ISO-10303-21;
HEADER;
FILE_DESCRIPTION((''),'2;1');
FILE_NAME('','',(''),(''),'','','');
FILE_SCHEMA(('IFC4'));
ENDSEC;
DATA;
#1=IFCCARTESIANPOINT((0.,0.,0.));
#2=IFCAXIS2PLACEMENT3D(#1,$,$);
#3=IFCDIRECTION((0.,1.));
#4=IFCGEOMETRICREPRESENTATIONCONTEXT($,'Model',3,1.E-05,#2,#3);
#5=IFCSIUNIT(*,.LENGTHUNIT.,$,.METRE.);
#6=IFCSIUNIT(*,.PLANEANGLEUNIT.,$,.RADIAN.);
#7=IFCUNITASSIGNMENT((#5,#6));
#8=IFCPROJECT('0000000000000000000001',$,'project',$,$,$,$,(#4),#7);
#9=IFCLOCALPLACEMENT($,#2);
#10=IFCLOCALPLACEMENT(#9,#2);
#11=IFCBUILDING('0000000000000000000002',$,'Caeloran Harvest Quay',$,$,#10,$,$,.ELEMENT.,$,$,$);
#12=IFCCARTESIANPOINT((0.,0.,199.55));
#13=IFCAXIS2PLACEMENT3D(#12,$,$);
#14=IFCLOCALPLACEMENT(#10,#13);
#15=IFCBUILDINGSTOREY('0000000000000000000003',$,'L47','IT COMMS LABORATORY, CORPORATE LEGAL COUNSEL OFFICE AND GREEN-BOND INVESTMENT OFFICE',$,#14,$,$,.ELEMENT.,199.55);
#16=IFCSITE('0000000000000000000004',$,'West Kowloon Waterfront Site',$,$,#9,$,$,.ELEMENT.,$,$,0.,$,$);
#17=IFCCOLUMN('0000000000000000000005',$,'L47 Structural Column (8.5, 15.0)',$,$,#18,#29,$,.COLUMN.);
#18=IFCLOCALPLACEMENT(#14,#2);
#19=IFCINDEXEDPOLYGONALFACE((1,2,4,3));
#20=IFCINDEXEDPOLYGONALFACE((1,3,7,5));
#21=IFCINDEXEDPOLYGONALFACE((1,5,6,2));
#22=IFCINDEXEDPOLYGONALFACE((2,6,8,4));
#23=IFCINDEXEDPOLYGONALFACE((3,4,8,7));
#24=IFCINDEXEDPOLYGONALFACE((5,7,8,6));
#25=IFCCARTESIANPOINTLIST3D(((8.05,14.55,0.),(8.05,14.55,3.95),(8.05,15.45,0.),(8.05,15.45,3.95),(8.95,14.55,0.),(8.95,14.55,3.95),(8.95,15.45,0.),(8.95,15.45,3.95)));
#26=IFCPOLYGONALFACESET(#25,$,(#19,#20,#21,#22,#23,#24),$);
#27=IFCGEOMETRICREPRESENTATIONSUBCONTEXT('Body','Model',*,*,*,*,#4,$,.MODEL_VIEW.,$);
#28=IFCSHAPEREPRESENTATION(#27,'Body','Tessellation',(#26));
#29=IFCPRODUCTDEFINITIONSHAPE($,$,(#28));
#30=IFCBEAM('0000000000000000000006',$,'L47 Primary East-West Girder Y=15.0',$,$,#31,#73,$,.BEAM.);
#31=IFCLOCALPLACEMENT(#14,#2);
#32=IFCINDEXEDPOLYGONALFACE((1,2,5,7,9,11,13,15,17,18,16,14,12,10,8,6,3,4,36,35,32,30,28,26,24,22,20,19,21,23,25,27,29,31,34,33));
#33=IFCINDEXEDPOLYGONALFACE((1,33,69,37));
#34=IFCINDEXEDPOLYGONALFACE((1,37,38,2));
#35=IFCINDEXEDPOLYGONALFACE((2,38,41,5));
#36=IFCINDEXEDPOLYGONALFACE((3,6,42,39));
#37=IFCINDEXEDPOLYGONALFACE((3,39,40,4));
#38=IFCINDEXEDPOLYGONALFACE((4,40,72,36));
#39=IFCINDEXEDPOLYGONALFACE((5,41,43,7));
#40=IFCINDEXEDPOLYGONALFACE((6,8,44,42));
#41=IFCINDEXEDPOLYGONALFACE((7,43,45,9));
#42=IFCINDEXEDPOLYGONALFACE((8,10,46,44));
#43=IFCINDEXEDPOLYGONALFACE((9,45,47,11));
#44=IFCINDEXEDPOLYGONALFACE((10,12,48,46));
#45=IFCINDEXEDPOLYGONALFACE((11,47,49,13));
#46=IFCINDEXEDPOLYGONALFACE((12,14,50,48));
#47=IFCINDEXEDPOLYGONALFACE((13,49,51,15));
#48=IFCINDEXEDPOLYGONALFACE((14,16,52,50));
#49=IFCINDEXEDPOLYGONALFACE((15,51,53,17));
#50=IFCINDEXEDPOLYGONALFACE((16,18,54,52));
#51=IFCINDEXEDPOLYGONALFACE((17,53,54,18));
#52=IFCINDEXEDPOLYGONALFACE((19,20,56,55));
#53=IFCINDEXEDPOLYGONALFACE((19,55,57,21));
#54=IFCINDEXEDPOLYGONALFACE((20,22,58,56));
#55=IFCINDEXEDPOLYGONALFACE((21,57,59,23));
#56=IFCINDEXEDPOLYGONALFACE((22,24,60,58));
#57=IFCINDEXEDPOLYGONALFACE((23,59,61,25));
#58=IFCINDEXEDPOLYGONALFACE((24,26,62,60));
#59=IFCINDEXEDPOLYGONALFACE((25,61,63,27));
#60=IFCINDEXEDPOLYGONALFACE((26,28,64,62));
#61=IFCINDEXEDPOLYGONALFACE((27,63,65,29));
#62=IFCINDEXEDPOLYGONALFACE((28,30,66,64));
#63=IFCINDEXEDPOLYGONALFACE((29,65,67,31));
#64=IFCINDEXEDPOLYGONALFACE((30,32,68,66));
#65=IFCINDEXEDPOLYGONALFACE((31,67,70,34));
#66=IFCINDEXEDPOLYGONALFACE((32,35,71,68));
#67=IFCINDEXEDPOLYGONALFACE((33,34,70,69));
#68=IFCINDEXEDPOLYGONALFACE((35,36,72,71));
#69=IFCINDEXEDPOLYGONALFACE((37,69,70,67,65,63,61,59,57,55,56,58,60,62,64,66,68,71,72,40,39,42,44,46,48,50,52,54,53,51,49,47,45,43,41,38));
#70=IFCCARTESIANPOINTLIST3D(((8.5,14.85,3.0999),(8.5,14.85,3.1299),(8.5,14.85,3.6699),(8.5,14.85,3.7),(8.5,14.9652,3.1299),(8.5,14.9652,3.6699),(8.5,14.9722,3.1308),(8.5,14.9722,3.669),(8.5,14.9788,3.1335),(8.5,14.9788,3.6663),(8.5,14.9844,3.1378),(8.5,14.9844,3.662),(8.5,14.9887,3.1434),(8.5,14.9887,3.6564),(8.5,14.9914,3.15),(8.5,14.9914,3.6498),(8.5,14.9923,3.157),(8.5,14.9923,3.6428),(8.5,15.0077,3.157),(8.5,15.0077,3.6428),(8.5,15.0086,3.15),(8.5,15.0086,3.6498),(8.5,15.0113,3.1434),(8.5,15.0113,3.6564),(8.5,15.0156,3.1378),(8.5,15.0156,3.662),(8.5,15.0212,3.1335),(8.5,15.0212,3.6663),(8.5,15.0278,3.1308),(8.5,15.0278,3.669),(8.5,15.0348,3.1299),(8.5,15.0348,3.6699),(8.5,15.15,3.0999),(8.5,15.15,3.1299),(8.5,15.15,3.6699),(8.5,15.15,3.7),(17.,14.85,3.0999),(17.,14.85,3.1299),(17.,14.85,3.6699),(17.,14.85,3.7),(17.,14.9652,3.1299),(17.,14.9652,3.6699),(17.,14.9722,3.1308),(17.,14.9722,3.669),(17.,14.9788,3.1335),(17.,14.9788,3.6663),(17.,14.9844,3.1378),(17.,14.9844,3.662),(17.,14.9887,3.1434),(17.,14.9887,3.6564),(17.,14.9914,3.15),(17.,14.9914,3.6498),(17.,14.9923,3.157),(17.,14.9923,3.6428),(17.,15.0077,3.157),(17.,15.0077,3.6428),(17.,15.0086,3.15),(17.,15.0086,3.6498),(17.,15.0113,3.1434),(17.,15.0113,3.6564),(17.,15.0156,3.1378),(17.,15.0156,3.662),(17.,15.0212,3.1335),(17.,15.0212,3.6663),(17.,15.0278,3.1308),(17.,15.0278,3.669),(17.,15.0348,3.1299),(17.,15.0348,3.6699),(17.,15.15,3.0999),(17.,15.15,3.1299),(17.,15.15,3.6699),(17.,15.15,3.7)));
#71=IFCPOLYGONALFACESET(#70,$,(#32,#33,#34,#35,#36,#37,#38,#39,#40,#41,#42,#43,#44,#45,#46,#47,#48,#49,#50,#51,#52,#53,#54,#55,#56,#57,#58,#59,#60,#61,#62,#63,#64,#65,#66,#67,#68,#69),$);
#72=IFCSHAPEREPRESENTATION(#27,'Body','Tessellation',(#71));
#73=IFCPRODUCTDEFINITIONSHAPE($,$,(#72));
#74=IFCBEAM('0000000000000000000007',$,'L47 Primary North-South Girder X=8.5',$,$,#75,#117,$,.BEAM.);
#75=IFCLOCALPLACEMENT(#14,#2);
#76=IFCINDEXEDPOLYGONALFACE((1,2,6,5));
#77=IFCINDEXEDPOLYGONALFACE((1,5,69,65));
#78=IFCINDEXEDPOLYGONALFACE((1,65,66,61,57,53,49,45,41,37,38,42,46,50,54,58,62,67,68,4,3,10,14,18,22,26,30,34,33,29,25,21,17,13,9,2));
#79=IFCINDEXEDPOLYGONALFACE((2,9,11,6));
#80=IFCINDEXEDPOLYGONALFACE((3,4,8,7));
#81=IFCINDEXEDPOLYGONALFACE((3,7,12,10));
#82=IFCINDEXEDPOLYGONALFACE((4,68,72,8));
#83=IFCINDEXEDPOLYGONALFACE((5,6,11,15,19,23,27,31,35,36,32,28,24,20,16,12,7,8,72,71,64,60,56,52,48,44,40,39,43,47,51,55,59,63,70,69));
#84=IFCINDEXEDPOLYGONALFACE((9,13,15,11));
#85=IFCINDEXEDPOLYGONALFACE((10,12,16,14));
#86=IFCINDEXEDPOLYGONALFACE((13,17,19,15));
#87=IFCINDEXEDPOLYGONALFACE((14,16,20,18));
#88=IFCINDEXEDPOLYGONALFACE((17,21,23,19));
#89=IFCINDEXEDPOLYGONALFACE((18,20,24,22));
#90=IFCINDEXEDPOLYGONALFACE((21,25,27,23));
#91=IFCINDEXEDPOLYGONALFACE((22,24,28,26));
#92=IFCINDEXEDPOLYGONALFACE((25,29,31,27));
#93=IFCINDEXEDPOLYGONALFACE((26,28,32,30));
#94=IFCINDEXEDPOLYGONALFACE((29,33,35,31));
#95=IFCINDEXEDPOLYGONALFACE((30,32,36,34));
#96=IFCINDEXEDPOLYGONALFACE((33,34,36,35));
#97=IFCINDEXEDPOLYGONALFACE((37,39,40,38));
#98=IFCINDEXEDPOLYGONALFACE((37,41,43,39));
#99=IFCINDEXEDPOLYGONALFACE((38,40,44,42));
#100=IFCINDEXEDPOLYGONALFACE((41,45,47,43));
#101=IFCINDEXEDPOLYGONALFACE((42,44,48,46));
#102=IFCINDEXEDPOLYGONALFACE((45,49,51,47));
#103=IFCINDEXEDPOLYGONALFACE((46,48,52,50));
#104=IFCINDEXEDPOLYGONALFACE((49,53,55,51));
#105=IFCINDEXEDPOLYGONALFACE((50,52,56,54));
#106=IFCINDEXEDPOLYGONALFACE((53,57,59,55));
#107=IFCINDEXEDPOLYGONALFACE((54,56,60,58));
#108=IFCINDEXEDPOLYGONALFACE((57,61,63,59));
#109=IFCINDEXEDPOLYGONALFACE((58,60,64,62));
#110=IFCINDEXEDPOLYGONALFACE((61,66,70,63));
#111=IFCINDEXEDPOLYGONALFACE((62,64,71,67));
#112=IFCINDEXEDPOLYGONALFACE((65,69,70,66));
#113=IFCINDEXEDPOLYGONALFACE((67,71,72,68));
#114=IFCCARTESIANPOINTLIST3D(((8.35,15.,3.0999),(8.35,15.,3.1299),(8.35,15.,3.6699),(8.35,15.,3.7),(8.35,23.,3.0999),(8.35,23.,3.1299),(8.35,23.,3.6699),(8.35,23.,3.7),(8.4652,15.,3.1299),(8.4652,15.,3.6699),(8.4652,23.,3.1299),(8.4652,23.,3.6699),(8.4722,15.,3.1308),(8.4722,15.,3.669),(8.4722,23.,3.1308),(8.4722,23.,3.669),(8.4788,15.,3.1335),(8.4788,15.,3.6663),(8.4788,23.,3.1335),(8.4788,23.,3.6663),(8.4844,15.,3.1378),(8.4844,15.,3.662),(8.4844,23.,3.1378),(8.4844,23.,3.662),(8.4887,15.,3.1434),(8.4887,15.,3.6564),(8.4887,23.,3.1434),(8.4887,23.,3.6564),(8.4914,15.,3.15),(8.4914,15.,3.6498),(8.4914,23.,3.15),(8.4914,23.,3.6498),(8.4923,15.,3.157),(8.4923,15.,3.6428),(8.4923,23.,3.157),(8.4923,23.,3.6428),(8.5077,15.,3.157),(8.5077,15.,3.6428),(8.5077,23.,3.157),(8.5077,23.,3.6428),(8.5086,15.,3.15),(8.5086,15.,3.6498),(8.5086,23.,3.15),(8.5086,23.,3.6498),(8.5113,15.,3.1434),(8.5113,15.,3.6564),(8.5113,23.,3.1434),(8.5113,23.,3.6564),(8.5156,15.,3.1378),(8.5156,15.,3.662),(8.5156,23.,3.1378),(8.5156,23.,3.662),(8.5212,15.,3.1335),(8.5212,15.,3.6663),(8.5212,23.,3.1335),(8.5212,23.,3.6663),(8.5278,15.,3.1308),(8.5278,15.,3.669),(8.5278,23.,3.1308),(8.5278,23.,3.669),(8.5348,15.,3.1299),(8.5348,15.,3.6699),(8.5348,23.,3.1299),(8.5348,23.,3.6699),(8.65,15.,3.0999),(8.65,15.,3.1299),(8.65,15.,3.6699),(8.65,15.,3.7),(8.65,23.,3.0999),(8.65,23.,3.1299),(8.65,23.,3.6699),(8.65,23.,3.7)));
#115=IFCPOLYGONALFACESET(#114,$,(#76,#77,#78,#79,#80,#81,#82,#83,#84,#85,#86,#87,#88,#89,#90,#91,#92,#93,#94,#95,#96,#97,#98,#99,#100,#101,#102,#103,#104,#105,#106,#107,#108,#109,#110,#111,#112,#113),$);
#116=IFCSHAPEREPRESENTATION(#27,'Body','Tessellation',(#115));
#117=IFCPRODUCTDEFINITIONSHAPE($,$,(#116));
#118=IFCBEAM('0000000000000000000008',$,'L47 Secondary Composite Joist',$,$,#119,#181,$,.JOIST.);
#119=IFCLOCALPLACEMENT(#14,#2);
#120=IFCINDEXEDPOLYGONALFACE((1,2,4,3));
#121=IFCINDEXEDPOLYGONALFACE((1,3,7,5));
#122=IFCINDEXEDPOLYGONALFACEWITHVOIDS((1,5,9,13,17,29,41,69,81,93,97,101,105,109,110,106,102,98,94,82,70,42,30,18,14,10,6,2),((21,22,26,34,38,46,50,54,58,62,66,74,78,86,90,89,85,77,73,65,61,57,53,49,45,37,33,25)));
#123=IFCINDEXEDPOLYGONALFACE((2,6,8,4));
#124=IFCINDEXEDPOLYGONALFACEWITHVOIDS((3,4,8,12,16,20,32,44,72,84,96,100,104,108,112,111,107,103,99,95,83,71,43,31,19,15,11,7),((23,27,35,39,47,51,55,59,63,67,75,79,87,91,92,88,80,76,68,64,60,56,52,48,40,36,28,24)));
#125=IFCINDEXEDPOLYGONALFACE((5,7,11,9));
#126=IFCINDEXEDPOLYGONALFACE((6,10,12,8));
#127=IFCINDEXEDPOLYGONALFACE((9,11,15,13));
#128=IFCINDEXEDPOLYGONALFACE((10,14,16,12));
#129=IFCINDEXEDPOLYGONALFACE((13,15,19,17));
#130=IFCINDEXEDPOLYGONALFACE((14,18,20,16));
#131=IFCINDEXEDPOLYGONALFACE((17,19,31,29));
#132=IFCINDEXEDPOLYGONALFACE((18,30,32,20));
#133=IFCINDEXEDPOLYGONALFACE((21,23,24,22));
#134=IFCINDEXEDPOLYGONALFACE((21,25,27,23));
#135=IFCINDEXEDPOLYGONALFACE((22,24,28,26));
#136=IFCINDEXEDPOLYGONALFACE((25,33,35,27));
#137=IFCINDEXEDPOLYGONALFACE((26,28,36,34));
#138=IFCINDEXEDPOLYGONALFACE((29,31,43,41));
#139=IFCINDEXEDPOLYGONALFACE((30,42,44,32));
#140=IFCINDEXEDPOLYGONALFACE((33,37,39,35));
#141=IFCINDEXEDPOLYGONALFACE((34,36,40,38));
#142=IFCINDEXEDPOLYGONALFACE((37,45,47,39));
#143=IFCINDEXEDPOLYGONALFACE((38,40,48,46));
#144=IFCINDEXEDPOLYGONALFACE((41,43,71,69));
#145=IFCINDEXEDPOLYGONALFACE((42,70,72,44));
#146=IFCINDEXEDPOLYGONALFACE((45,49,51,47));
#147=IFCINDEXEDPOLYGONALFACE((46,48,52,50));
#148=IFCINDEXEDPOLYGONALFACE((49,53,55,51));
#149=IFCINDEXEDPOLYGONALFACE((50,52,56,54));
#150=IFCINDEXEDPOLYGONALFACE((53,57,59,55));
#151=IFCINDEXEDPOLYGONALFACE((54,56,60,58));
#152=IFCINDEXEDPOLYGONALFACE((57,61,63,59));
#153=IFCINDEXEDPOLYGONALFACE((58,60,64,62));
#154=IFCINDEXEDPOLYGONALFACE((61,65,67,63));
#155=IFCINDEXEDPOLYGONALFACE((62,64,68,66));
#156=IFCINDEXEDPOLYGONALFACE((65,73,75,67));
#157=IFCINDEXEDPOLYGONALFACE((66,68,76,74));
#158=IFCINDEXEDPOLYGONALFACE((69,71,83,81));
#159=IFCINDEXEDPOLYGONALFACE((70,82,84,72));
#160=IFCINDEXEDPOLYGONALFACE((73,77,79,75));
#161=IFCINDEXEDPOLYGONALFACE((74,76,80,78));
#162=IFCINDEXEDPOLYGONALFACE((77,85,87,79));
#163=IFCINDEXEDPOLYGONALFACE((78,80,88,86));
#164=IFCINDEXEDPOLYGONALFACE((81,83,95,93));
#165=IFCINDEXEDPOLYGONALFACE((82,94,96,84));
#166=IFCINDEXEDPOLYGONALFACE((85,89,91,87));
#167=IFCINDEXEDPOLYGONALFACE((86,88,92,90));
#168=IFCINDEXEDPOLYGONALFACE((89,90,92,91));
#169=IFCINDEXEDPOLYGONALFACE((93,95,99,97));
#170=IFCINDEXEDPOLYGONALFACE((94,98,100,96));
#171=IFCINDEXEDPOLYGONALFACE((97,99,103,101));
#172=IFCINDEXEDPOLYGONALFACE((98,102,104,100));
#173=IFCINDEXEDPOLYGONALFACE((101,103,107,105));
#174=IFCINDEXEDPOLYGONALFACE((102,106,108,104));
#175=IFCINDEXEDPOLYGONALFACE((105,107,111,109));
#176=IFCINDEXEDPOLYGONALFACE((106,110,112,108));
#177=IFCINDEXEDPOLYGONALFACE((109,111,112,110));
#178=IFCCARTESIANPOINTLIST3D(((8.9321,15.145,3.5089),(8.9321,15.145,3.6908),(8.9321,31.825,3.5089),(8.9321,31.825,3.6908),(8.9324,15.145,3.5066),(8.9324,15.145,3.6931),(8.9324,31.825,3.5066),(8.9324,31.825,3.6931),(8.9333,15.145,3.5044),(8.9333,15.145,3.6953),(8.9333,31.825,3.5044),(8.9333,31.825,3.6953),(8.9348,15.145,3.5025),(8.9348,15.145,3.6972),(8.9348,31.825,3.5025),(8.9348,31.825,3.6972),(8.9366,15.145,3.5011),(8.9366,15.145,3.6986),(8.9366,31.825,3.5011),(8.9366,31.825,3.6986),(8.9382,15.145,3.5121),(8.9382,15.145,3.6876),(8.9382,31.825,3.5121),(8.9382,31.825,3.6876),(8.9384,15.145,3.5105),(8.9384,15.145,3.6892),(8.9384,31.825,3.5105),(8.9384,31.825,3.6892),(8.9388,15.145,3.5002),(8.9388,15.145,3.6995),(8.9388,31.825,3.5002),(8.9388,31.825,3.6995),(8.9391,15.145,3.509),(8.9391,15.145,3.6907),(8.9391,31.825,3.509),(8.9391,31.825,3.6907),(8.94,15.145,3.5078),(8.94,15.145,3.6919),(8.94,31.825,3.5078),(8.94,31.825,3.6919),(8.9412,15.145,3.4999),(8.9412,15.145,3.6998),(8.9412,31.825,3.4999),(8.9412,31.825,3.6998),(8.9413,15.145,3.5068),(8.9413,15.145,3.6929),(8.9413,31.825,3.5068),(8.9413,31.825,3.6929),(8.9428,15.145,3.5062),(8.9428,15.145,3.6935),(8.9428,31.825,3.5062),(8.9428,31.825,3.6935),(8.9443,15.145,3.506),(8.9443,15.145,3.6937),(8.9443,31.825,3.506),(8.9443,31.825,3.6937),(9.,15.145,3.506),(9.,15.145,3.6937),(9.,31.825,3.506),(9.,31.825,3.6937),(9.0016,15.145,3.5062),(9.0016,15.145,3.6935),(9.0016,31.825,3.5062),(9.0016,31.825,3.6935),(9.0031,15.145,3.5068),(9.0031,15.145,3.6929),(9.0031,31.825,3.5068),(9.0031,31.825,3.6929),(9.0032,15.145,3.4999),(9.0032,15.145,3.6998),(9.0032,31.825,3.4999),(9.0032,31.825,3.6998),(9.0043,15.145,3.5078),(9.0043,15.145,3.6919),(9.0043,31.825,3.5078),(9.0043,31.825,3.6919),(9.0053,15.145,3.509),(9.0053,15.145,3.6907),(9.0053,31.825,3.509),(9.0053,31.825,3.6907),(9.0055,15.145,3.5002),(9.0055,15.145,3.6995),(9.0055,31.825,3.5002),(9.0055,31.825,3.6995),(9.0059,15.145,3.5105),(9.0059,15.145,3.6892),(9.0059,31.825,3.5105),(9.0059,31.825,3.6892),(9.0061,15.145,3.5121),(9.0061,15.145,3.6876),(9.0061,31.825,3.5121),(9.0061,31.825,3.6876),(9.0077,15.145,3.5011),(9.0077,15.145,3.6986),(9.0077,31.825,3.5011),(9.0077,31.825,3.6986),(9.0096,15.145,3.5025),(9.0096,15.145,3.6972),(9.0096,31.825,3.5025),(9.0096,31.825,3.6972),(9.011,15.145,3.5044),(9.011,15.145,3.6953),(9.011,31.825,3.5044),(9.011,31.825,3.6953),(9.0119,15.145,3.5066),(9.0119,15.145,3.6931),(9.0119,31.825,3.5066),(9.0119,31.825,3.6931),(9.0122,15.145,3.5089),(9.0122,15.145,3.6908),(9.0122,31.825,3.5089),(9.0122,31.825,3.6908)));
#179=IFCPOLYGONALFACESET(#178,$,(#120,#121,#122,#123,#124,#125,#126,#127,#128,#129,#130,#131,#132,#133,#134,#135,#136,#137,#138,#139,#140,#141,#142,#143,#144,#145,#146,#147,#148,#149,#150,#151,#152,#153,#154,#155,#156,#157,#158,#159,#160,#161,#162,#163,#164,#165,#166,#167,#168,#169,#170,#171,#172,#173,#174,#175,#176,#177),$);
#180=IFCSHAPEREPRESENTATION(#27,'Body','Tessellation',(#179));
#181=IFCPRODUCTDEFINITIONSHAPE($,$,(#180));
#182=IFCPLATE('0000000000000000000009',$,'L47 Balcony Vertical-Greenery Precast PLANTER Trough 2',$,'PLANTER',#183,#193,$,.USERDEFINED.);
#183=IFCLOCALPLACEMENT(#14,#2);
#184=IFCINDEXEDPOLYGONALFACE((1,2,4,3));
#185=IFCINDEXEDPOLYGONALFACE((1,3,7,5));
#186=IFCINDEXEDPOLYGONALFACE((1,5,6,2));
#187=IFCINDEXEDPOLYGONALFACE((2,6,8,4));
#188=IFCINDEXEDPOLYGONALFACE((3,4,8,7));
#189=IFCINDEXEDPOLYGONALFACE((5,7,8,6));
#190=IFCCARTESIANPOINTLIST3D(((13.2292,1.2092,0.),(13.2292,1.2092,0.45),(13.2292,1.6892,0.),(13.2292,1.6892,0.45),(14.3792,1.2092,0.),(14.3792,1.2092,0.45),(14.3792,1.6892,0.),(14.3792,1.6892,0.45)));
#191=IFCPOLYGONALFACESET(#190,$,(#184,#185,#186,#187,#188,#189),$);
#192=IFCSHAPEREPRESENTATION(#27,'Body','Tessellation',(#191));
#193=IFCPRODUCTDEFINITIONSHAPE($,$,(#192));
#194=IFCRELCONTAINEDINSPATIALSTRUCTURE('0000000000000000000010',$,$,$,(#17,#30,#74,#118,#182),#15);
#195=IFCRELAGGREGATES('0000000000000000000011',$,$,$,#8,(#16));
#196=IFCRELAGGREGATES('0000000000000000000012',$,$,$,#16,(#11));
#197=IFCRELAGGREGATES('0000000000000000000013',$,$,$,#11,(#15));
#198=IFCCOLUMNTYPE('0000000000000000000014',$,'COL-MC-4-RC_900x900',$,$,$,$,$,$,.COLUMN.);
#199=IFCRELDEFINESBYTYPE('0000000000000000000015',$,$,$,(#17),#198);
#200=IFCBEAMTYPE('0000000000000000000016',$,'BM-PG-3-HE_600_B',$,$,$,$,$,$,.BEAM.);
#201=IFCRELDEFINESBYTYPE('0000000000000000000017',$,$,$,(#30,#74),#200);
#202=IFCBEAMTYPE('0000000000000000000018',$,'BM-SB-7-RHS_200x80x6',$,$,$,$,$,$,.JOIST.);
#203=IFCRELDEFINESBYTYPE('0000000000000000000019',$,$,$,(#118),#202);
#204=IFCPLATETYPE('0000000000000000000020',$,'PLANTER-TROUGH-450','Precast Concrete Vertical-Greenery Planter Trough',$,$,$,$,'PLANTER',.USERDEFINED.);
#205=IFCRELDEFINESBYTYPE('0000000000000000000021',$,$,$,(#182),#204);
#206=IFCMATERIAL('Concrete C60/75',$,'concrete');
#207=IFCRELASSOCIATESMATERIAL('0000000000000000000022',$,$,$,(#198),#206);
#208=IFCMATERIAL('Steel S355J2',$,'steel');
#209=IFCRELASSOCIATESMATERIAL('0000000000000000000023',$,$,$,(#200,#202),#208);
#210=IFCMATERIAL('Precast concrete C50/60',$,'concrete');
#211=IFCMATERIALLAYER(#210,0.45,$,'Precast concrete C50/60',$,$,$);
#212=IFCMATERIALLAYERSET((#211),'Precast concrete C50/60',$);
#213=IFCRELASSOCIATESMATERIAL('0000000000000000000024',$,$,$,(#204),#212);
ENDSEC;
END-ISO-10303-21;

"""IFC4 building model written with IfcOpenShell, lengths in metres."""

from ifc_helpers import new_model, si_unit, direction, frame, origin, origin_2d, place, context, subcontext, project, spatial, rectangle, hollow_rectangle, i_section, extrude, material, layer, layer_set, material_profile, profile_set, type_object, element, save


model = new_model("IFC4")

# Units and contexts
model_context = context("Model", 3, precision=1e-05, world=origin(), true_north=direction((0.0, 1.0)))
body_context = subcontext(model_context, "Body", "Model", "MODEL_VIEW")
ifc_project = project(units=[si_unit("LENGTHUNIT", "METRE"), si_unit("PLANEANGLEUNIT", "RADIAN")], contexts=[model_context])

# Site, building, storey
site_placement = place(None, origin())
site = spatial("IfcSite", under=ifc_project, at=site_placement, Name="West Kowloon Waterfront Site", CompositionType="ELEMENT", RefElevation=0.0)
building_placement = place(site_placement, origin())
building = spatial("IfcBuilding", under=site, at=building_placement, Name="Caeloran Harvest Quay", CompositionType="ELEMENT")
storey_placement = place(building_placement, frame((0.0, 0.0, 199.55)))
storey = spatial("IfcBuildingStorey", under=building, at=storey_placement, Name="L47", Description="IT COMMS LABORATORY, CORPORATE LEGAL COUNSEL OFFICE AND GREEN-BOND INVESTMENT OFFICE", CompositionType="ELEMENT", Elevation=199.55)

# Column
ifc_material_1 = material(Name="Concrete C60/75", Category="concrete")
ifc_material_profile_1 = material_profile(ifc_material_1, rectangle(XDim=0.8999, YDim=0.8999, at=origin_2d()), Name="RC 900x900")
ifc_profile_set_1 = profile_set([ifc_material_profile_1], Name="Concrete C60/75")
column_type = type_object("IfcColumnType", Name="COL-MC-4-RC_900x900", PredefinedType="COLUMN", material=ifc_profile_set_1)
column_placement = place(storey_placement, frame((8.5, 15.0, 0.0), z_axis=(0.0, 0.0, 1.0), x_axis=(1.0, 0.0, 0.0)))
element("IfcColumn", 1, at=column_placement, inside=storey, type_object=column_type, Name="L47 Structural Column (8.5, 15.0)", PredefinedType="COLUMN", context=body_context, shape_type="SweptSolid", body=[
    extrude(rectangle(XDim=0.8999, YDim=0.8999, at=origin_2d()), origin(), (0.0, 0.0, 1.0), 3.95),
])

# Beams
ifc_material_2 = material(Name="Steel S355J2", Category="steel")
ifc_material_profile_2 = material_profile(ifc_material_2, i_section(OverallWidth=0.3, OverallDepth=0.6001, WebThickness=0.0154, FlangeThickness=0.03, FilletRadius=0.0271, at=origin_2d()), Name="HE 600 B")
ifc_profile_set_2 = profile_set([ifc_material_profile_2], Name="Steel S355J2")
beam_type_1 = type_object("IfcBeamType", Name="BM-PG-3-HE_600_B", PredefinedType="BEAM", material=ifc_profile_set_2)
beam_1_placement = place(storey_placement, frame((8.5, 15.0, 3.3999), z_axis=(1.0, 0.0, 0.0), x_axis=(0.0, 1.0, 0.0)))
element("IfcBeam", 2, at=beam_1_placement, inside=storey, type_object=beam_type_1, Name="L47 Primary East-West Girder Y=15.0", PredefinedType="BEAM", context=body_context, shape_type="SweptSolid", body=[
    extrude(i_section(OverallWidth=0.3, OverallDepth=0.6001, WebThickness=0.0154, FlangeThickness=0.03, FilletRadius=0.0271, at=origin_2d()), origin(), (0.0, 0.0, 1.0), 8.5),
])
beam_2_placement = place(storey_placement, frame((8.5, 15.0, 3.3999), z_axis=(0.0, 1.0, 0.0), x_axis=(-1.0, 0.0, 0.0)))
element("IfcBeam", 3, at=beam_2_placement, inside=storey, type_object=beam_type_1, Name="L47 Primary North-South Girder X=8.5", PredefinedType="BEAM", context=body_context, shape_type="SweptSolid", body=[
    extrude(i_section(OverallWidth=0.3, OverallDepth=0.6001, WebThickness=0.0154, FlangeThickness=0.03, FilletRadius=0.0271, at=origin_2d()), origin(), (0.0, 0.0, 1.0), 8.0),
])
ifc_material_profile_3 = material_profile(ifc_material_2, hollow_rectangle(XDim=0.0801, YDim=0.2, WallThickness=0.0061, InnerFilletRadius=0.0061, OuterFilletRadius=0.009, at=origin_2d()), Name="RHS 200x80x6")
ifc_profile_set_3 = profile_set([ifc_material_profile_3], Name="Steel S355J2")
beam_type_2 = type_object("IfcBeamType", Name="BM-SB-7-RHS_200x80x6", PredefinedType="JOIST", material=ifc_profile_set_3)
beam_3_placement = place(storey_placement, frame((8.9722, 15.145, 3.5999), z_axis=(0.0, 1.0, 0.0), x_axis=(-1.0, 0.0, 0.0)))
element("IfcBeam", 4, at=beam_3_placement, inside=storey, type_object=beam_type_2, Name="L47 Secondary Composite Joist", PredefinedType="JOIST", context=body_context, shape_type="SweptSolid", body=[
    extrude(hollow_rectangle(XDim=0.0801, YDim=0.2, WallThickness=0.0061, InnerFilletRadius=0.0061, OuterFilletRadius=0.009, at=origin_2d()), origin(), (0.0, 0.0, 1.0), 16.6799),
])

# Plate
ifc_material_3 = material(Name="Precast concrete C50/60", Category="concrete")
ifc_layer_1 = layer(ifc_material_3, 0.45, Name="Precast concrete C50/60")
ifc_layer_set_1 = layer_set([ifc_layer_1], Name="Precast concrete C50/60")
plate_type = type_object("IfcPlateType", Name="PLANTER-TROUGH-450", Description="Precast Concrete Vertical-Greenery Planter Trough", ElementType="PLANTER", PredefinedType="USERDEFINED", material=ifc_layer_set_1)
plate_placement = place(storey_placement, frame((13.8042, 1.4492, 0.0), z_axis=(0.0, 0.0, 1.0), x_axis=(1.0, 0.0, 0.0)))
element("IfcPlate", 5, at=plate_placement, inside=storey, type_object=plate_type, Name="L47 Balcony Vertical-Greenery Precast PLANTER Trough 2", ObjectType="PLANTER", PredefinedType="USERDEFINED", context=body_context, shape_type="SweptSolid", body=[
    extrude(rectangle(XDim=1.1499, YDim=0.48, at=origin_2d()), origin(), (0.0, 0.0, 1.0), 0.45),
])

save(model, "model.ifc")
